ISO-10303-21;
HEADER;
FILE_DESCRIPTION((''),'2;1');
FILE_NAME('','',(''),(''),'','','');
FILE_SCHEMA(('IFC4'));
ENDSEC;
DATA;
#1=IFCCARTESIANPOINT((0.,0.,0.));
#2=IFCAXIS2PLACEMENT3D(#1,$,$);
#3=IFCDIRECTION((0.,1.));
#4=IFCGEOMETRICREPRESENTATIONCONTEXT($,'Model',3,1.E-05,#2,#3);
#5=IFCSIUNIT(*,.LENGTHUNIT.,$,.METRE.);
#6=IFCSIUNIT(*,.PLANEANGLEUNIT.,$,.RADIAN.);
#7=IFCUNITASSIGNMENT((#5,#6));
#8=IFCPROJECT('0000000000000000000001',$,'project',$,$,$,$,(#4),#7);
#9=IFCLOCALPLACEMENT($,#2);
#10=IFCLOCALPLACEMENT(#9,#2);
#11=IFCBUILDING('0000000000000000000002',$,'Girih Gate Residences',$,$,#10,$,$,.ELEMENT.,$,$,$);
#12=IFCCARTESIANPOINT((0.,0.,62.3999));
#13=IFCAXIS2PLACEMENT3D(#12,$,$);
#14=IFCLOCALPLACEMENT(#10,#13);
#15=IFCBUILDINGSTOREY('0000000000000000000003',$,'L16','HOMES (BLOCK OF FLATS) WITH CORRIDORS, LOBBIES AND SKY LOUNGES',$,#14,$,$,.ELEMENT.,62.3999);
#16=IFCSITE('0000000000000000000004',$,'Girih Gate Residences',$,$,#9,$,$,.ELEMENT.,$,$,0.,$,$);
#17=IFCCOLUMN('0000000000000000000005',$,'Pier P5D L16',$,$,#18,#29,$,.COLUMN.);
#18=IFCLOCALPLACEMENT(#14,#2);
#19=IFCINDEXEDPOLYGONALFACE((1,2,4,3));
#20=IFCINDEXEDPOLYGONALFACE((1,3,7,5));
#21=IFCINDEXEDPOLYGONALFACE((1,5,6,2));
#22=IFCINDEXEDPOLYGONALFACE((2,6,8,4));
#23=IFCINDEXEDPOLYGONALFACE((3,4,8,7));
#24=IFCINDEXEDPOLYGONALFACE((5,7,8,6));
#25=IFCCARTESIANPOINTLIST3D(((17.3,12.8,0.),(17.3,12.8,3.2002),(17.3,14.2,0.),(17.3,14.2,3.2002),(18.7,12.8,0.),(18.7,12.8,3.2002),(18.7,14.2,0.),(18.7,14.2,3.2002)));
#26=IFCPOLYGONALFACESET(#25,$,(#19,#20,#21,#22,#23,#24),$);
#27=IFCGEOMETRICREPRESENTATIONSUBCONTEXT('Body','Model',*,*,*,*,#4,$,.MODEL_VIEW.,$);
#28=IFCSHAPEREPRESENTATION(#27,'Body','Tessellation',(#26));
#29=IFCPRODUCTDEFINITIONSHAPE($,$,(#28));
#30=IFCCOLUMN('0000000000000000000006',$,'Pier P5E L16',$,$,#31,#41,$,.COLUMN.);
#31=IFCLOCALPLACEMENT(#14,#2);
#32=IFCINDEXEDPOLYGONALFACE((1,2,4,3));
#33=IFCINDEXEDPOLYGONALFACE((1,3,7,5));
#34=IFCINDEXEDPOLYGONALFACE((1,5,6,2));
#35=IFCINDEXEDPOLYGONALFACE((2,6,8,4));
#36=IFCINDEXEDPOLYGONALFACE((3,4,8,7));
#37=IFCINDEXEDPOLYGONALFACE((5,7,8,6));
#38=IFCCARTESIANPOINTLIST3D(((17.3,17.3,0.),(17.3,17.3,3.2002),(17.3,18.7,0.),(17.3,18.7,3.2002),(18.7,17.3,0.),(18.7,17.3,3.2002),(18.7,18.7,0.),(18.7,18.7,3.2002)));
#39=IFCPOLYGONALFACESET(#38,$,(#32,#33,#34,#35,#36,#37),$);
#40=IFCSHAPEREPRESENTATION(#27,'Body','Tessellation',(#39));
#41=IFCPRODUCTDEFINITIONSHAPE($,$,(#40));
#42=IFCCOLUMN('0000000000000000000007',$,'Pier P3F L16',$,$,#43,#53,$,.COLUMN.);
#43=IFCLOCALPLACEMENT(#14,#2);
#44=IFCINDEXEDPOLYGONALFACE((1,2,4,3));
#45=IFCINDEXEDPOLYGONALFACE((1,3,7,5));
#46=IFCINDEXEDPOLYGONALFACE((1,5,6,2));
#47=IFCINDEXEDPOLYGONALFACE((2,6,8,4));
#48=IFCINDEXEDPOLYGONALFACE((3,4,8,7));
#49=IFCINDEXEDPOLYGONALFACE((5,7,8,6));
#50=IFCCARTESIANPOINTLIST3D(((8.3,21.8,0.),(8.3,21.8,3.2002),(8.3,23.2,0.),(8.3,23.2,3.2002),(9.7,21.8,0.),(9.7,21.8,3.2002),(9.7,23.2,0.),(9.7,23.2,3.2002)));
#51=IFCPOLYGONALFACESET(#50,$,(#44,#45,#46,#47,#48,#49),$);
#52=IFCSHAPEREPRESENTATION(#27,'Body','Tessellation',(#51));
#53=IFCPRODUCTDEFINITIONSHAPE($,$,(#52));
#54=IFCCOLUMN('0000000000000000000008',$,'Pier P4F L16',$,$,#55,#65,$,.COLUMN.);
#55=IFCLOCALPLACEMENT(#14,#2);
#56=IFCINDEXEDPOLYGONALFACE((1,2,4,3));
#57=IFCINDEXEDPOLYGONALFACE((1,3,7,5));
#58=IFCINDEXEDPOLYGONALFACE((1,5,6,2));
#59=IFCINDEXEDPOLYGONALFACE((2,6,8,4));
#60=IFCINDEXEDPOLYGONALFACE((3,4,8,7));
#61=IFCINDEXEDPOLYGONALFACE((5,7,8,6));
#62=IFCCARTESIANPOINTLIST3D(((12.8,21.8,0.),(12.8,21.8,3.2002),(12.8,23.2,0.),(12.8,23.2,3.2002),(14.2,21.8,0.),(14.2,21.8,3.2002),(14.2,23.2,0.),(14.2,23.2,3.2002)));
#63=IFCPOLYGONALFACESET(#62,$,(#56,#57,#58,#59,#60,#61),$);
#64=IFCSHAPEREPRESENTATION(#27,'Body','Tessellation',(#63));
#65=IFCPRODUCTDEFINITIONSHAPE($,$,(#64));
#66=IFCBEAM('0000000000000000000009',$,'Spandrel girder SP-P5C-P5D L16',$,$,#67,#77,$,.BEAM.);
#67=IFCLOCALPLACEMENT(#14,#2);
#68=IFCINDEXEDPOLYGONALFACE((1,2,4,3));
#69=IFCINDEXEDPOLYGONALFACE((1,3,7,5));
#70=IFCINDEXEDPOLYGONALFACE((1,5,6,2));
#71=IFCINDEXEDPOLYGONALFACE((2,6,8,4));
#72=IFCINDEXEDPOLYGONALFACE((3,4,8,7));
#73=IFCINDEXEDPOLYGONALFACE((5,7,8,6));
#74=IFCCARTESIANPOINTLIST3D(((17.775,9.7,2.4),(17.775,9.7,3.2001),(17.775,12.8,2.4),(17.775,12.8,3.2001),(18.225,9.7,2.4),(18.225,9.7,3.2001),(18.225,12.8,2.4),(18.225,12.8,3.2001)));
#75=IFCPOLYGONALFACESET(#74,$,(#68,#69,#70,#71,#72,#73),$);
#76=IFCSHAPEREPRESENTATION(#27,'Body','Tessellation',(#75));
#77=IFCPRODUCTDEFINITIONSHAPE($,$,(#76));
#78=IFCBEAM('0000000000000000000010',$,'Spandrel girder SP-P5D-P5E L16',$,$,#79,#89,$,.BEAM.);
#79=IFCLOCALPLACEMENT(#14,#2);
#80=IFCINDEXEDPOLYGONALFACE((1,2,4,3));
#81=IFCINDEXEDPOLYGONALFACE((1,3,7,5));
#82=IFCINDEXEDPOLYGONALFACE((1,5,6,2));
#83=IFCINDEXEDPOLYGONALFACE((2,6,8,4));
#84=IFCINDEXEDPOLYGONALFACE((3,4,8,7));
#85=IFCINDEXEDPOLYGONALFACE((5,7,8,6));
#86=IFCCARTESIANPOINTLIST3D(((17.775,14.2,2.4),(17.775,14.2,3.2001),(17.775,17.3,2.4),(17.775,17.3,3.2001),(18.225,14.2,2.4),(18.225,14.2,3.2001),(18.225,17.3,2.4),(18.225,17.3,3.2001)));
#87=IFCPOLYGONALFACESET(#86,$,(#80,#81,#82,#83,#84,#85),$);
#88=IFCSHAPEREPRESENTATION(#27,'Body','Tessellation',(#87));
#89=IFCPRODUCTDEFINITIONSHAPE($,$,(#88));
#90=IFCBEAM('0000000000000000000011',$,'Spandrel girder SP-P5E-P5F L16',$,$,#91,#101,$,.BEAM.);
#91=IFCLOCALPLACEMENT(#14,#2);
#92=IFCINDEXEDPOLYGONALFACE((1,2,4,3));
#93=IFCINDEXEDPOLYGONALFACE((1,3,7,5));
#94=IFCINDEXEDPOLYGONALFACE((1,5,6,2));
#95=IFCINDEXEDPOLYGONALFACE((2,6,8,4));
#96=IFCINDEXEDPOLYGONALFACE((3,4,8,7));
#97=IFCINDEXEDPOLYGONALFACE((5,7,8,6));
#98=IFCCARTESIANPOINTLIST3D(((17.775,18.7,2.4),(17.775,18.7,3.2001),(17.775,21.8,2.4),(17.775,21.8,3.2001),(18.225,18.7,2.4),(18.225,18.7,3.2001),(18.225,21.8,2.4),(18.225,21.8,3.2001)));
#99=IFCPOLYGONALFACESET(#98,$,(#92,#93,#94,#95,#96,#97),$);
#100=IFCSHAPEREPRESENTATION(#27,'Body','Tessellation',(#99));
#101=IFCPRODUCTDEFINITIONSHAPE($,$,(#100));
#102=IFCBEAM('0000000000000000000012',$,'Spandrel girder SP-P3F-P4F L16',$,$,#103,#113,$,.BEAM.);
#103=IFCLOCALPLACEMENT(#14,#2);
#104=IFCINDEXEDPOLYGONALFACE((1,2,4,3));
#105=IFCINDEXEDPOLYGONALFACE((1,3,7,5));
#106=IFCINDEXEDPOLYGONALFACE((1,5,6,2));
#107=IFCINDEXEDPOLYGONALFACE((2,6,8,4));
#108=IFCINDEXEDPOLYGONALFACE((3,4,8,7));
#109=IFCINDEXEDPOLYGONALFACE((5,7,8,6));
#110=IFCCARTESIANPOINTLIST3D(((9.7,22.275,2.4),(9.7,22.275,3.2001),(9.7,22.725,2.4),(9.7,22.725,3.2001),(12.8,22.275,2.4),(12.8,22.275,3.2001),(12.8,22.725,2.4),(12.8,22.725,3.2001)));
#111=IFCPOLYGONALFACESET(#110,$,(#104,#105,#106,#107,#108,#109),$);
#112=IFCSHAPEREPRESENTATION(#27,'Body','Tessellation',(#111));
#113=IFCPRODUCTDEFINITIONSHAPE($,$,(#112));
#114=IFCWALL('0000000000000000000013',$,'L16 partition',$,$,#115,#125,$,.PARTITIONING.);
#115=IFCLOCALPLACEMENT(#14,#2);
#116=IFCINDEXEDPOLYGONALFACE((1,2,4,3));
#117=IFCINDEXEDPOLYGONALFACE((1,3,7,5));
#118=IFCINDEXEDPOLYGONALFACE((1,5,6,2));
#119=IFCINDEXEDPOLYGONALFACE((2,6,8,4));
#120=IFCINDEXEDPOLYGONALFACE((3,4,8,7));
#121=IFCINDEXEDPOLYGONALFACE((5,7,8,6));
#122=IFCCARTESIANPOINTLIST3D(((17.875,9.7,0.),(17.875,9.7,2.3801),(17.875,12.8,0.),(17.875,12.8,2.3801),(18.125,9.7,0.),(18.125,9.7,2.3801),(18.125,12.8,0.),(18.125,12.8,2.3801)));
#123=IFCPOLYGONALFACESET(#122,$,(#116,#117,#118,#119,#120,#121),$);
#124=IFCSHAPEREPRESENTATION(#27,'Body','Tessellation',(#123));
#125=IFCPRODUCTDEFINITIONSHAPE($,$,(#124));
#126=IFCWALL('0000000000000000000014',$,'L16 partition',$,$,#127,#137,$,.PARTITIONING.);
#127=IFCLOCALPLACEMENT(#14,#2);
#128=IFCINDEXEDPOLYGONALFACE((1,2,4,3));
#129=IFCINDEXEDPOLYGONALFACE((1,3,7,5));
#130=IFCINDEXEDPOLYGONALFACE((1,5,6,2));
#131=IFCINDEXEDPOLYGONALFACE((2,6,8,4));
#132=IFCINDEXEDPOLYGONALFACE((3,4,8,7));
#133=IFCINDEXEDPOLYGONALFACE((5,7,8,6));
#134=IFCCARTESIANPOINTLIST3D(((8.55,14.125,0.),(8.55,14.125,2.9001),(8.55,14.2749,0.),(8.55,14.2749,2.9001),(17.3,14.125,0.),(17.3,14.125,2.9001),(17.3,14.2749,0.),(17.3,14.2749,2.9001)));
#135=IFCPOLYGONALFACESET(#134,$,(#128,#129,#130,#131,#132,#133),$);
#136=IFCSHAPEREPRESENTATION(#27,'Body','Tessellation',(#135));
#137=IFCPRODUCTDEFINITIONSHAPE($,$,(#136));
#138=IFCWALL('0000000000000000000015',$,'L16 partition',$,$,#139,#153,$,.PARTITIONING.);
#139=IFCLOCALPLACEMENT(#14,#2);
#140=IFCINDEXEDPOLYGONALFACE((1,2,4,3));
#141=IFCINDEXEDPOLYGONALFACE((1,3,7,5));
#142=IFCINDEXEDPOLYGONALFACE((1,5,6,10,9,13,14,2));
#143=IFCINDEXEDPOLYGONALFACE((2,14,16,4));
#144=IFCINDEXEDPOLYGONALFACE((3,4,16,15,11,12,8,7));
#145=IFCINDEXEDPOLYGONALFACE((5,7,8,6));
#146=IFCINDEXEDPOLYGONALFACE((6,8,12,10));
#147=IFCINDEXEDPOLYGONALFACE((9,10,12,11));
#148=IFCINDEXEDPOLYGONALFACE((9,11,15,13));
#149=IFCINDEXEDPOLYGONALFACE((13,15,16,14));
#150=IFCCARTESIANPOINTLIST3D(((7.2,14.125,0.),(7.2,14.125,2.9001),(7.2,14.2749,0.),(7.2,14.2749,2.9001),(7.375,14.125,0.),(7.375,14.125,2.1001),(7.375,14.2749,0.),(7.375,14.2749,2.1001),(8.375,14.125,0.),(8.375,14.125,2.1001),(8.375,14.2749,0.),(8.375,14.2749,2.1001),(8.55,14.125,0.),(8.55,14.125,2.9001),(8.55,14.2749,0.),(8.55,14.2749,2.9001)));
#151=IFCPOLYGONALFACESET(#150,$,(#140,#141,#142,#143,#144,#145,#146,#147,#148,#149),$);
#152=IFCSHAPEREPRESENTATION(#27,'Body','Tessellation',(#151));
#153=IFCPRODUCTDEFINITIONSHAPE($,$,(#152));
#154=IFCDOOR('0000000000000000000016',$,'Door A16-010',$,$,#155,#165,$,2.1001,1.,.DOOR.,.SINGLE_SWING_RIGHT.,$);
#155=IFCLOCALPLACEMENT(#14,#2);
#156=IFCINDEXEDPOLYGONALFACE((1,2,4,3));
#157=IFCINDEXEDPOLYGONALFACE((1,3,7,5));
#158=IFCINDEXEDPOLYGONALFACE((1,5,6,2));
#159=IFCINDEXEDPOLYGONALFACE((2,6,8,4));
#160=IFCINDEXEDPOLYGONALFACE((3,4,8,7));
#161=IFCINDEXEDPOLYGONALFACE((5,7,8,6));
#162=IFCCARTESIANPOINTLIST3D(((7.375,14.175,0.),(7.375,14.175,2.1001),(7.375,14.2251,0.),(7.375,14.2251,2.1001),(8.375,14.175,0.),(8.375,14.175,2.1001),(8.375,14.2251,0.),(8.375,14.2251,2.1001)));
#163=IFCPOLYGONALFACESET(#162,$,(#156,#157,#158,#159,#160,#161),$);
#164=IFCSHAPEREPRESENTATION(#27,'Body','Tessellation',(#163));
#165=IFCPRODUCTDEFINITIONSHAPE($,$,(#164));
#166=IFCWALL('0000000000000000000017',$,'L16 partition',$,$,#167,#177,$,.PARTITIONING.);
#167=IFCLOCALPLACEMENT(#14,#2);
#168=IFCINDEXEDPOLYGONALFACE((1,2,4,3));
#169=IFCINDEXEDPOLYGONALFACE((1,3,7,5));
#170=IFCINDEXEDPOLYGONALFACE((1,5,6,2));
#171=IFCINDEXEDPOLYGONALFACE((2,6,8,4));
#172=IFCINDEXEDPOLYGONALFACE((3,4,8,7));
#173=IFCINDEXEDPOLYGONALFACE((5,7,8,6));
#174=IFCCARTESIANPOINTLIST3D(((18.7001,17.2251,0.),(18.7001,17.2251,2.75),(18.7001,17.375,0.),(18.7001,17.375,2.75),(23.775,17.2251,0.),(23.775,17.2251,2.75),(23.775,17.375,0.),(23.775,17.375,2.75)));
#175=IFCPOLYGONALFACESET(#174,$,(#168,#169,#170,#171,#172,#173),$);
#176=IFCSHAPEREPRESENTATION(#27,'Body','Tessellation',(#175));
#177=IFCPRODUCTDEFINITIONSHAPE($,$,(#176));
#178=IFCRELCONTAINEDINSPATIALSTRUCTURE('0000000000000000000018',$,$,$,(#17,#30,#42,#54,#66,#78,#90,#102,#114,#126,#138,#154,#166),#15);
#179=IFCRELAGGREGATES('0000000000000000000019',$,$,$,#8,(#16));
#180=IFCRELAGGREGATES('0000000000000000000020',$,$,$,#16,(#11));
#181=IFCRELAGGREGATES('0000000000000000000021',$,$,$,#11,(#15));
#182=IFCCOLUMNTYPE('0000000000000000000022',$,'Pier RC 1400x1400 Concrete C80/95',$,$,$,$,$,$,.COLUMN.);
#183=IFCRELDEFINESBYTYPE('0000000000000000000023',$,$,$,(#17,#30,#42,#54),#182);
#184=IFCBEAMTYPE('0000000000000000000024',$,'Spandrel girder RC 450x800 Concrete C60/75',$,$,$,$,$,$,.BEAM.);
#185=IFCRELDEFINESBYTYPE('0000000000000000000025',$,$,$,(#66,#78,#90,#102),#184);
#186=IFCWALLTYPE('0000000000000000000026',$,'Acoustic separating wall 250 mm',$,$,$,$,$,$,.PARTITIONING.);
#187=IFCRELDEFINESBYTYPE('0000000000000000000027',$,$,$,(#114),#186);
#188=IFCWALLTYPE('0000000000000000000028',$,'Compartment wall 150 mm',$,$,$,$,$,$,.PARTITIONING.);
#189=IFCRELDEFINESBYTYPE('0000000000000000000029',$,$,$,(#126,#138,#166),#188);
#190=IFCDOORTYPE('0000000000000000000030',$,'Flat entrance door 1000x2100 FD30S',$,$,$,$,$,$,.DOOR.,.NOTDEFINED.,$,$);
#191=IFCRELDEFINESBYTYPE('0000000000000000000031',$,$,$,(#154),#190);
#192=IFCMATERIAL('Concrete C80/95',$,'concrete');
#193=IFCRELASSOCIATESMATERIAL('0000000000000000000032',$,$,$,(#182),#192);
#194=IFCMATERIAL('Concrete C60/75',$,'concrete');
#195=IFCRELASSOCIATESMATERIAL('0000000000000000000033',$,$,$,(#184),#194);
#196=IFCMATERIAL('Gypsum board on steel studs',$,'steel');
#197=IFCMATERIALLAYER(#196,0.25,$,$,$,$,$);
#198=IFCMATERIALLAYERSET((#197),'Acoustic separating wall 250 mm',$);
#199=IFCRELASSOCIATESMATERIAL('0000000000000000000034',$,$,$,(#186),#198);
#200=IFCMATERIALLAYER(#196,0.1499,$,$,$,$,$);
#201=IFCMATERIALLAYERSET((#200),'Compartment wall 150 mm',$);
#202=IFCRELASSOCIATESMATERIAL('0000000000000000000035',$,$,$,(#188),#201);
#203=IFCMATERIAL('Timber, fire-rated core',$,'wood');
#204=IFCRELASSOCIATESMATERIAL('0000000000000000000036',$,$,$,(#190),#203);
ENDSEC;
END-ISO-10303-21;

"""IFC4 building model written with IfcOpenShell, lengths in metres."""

from ifc_helpers import new_model, si_unit, direction, frame, frame_2d, origin, origin_2d, place, context, subcontext, project, spatial, rectangle, extrude, material, layer, layer_set, material_profile, profile_set, type_object, element, fill, save


model = new_model("IFC4")

# Units and contexts
model_context = context("Model", 3, precision=1e-05, world=origin(), true_north=direction((0.0, 1.0)))
body_context = subcontext(model_context, "Body", "Model", "MODEL_VIEW")
ifc_project = project(units=[si_unit("LENGTHUNIT", "METRE"), si_unit("PLANEANGLEUNIT", "RADIAN")], contexts=[model_context])

# Site, building, storey
site_placement = place(None, origin())
site = spatial("IfcSite", under=ifc_project, at=site_placement, Name="Girih Gate Residences", CompositionType="ELEMENT", RefElevation=0.0)
building_placement = place(site_placement, origin())
building = spatial("IfcBuilding", under=site, at=building_placement, Name="Girih Gate Residences", CompositionType="ELEMENT")
storey_placement = place(building_placement, frame((0.0, 0.0, 62.3999)))
storey = spatial("IfcBuildingStorey", under=building, at=storey_placement, Name="L16", Description="HOMES (BLOCK OF FLATS) WITH CORRIDORS, LOBBIES AND SKY LOUNGES", CompositionType="ELEMENT", Elevation=62.3999)

# Columns
ifc_material_1 = material(Name="Concrete C80/95", Category="concrete")
ifc_material_profile_1 = material_profile(ifc_material_1, rectangle(XDim=1.3999, YDim=1.3999, at=origin_2d()))
ifc_profile_set_1 = profile_set([ifc_material_profile_1], Name="Concrete C80/95")
column_type = type_object("IfcColumnType", Name="Pier RC 1400x1400 Concrete C80/95", PredefinedType="COLUMN", material=ifc_profile_set_1)
for number, where, z_axis, x_axis, name in (
    (1, (18.0, 13.5, 0.0), (0.0, 0.0, 1.0), (1.0, 0.0, 0.0), "Pier P5D L16"),
    (2, (18.0, 18.0, 0.0), (0.0, 0.0, 1.0), (1.0, 0.0, 0.0), "Pier P5E L16"),
    (3, (9.0, 22.5, 0.0), (0.0, 0.0, 1.0), (1.0, 0.0, 0.0), "Pier P3F L16"),
    (4, (13.5, 22.5, 0.0), (0.0, 0.0, 1.0), (1.0, 0.0, 0.0), "Pier P4F L16"),
):
    element("IfcColumn", number, at=place(storey_placement, frame(where, z_axis=z_axis, x_axis=x_axis)), inside=storey, type_object=column_type, Name=name, PredefinedType="COLUMN", context=body_context, shape_type="SweptSolid", body=[
        extrude(rectangle(XDim=1.3999, YDim=1.3999, at=origin_2d()), origin(), (0.0, 0.0, 1.0), 3.2002),
    ])

# Beams
ifc_material_2 = material(Name="Concrete C60/75", Category="concrete")
ifc_material_profile_2 = material_profile(ifc_material_2, rectangle(XDim=0.45, YDim=0.8, at=origin_2d()))
ifc_profile_set_2 = profile_set([ifc_material_profile_2], Name="Concrete C60/75")
beam_type = type_object("IfcBeamType", Name="Spandrel girder RC 450x800 Concrete C60/75", PredefinedType="BEAM", material=ifc_profile_set_2)
for number, where, z_axis, x_axis, name in (
    (5, (18.0, 9.7, 2.8), (0.0, 1.0, 0.0), (-1.0, 0.0, 0.0), "Spandrel girder SP-P5C-P5D L16"),
    (6, (18.0, 14.2, 2.8), (0.0, 1.0, 0.0), (-1.0, 0.0, 0.0), "Spandrel girder SP-P5D-P5E L16"),
    (7, (18.0, 18.7, 2.8), (0.0, 1.0, 0.0), (-1.0, 0.0, 0.0), "Spandrel girder SP-P5E-P5F L16"),
    (8, (9.7, 22.5, 2.8), (1.0, 0.0, 0.0), (0.0, 1.0, 0.0), "Spandrel girder SP-P3F-P4F L16"),
):
    element("IfcBeam", number, at=place(storey_placement, frame(where, z_axis=z_axis, x_axis=x_axis)), inside=storey, type_object=beam_type, Name=name, PredefinedType="BEAM", context=body_context, shape_type="SweptSolid", body=[
        extrude(rectangle(XDim=0.45, YDim=0.8, at=origin_2d()), origin(), (0.0, 0.0, 1.0), 3.1001),
    ])

# Walls
ifc_material_3 = material(Name="Gypsum board on steel studs", Category="steel")
ifc_layer_1 = layer(ifc_material_3, 0.25)
ifc_layer_set_1 = layer_set([ifc_layer_1], Name="Acoustic separating wall 250 mm")
wall_type_1 = type_object("IfcWallType", Name="Acoustic separating wall 250 mm", PredefinedType="PARTITIONING", material=ifc_layer_set_1)
wall_1_placement = place(storey_placement, frame((18.0, 9.7, 0.0), z_axis=(0.0, 0.0, 1.0), x_axis=(0.0, 1.0, 0.0)))
element("IfcWall", 9, at=wall_1_placement, inside=storey, type_object=wall_type_1, Name="L16 partition", PredefinedType="PARTITIONING", context=body_context, shape_type="SweptSolid", body=[
    extrude(rectangle(XDim=3.1001, YDim=0.25, at=frame_2d((1.55, 0.0))), origin(), (0.0, 0.0, 1.0), 2.3801),
])
ifc_layer_2 = layer(ifc_material_3, 0.1499)
ifc_layer_set_2 = layer_set([ifc_layer_2], Name="Compartment wall 150 mm")
wall_type_2 = type_object("IfcWallType", Name="Compartment wall 150 mm", PredefinedType="PARTITIONING", material=ifc_layer_set_2)
wall_2_placement = place(storey_placement, frame((8.55, 14.2, 0.0), z_axis=(0.0, 0.0, 1.0), x_axis=(1.0, 0.0, 0.0)))
element("IfcWall", 10, at=wall_2_placement, inside=storey, type_object=wall_type_2, Name="L16 partition", PredefinedType="PARTITIONING", context=body_context, shape_type="SweptSolid", body=[
    extrude(rectangle(XDim=8.75, YDim=0.1499, at=frame_2d((4.375, 0.0))), origin(), (0.0, 0.0, 1.0), 2.9001),
])

# Wall, opening, door
wall_3_placement = place(storey_placement, frame((8.55, 14.2, 0.0), z_axis=(0.0, 0.0, 1.0), x_axis=(-1.0, 0.0, 0.0)))
wall_3 = element("IfcWall", 11, at=wall_3_placement, inside=storey, type_object=wall_type_2, Name="L16 partition", PredefinedType="PARTITIONING", context=body_context, shape_type="SweptSolid", body=[
    extrude(rectangle(XDim=1.3501, YDim=0.1499, at=frame_2d((0.675, 0.0))), origin(), (0.0, 0.0, 1.0), 2.9001),
])
opening_1_placement = place(wall_3_placement, frame((0.175, 0.0, 0.0)))
opening_1 = element("IfcOpeningElement", 12, at=opening_1_placement, cuts=wall_3, PredefinedType="OPENING", context=body_context, shape_type="SweptSolid", body=[
    extrude(rectangle(XDim=1.0, YDim=2.1001, at=frame_2d((0.5, 1.05))), frame((0.0, 0.085, 0.0), z_axis=(0.0, -1.0, 0.0), x_axis=(1.0, 0.0, 0.0)), (0.0, 0.0, 1.0), 0.1699),
])
ifc_material_4 = material(Name="Timber, fire-rated core", Category="wood")
door_type_1 = type_object("IfcDoorType", Name="Flat entrance door 1000x2100 FD30S", OperationType="NOTDEFINED", PredefinedType="DOOR", material=ifc_material_4)
door_1_placement = place(opening_1_placement, origin())
door_1 = element("IfcDoor", 13, at=door_1_placement, inside=storey, type_object=door_type_1, Name="Door A16-010", OperationType="SINGLE_SWING_RIGHT", OverallHeight=2.1001, OverallWidth=1.0, PredefinedType="DOOR", context=body_context, shape_type="SweptSolid", body=[
    extrude(rectangle(XDim=1.0, YDim=2.1001, at=frame_2d((0.5, 1.05))), frame((0.0, 0.0249, 0.0), z_axis=(0.0, -1.0, 0.0), x_axis=(1.0, 0.0, 0.0)), (0.0, 0.0, 1.0), 0.05),
])
fill(opening_1, door_1)

# Wall
wall_4_placement = place(storey_placement, frame((18.7, 17.3, 0.0), z_axis=(0.0, 0.0, 1.0), x_axis=(1.0, 0.0, 0.0)))
element("IfcWall", 14, at=wall_4_placement, inside=storey, type_object=wall_type_2, Name="L16 partition", PredefinedType="PARTITIONING", context=body_context, shape_type="SweptSolid", body=[
    extrude(rectangle(XDim=5.075, YDim=0.1499, at=frame_2d((2.5376, 0.0))), origin(), (0.0, 0.0, 1.0), 2.75),
])

save(model, "model.ifc")
